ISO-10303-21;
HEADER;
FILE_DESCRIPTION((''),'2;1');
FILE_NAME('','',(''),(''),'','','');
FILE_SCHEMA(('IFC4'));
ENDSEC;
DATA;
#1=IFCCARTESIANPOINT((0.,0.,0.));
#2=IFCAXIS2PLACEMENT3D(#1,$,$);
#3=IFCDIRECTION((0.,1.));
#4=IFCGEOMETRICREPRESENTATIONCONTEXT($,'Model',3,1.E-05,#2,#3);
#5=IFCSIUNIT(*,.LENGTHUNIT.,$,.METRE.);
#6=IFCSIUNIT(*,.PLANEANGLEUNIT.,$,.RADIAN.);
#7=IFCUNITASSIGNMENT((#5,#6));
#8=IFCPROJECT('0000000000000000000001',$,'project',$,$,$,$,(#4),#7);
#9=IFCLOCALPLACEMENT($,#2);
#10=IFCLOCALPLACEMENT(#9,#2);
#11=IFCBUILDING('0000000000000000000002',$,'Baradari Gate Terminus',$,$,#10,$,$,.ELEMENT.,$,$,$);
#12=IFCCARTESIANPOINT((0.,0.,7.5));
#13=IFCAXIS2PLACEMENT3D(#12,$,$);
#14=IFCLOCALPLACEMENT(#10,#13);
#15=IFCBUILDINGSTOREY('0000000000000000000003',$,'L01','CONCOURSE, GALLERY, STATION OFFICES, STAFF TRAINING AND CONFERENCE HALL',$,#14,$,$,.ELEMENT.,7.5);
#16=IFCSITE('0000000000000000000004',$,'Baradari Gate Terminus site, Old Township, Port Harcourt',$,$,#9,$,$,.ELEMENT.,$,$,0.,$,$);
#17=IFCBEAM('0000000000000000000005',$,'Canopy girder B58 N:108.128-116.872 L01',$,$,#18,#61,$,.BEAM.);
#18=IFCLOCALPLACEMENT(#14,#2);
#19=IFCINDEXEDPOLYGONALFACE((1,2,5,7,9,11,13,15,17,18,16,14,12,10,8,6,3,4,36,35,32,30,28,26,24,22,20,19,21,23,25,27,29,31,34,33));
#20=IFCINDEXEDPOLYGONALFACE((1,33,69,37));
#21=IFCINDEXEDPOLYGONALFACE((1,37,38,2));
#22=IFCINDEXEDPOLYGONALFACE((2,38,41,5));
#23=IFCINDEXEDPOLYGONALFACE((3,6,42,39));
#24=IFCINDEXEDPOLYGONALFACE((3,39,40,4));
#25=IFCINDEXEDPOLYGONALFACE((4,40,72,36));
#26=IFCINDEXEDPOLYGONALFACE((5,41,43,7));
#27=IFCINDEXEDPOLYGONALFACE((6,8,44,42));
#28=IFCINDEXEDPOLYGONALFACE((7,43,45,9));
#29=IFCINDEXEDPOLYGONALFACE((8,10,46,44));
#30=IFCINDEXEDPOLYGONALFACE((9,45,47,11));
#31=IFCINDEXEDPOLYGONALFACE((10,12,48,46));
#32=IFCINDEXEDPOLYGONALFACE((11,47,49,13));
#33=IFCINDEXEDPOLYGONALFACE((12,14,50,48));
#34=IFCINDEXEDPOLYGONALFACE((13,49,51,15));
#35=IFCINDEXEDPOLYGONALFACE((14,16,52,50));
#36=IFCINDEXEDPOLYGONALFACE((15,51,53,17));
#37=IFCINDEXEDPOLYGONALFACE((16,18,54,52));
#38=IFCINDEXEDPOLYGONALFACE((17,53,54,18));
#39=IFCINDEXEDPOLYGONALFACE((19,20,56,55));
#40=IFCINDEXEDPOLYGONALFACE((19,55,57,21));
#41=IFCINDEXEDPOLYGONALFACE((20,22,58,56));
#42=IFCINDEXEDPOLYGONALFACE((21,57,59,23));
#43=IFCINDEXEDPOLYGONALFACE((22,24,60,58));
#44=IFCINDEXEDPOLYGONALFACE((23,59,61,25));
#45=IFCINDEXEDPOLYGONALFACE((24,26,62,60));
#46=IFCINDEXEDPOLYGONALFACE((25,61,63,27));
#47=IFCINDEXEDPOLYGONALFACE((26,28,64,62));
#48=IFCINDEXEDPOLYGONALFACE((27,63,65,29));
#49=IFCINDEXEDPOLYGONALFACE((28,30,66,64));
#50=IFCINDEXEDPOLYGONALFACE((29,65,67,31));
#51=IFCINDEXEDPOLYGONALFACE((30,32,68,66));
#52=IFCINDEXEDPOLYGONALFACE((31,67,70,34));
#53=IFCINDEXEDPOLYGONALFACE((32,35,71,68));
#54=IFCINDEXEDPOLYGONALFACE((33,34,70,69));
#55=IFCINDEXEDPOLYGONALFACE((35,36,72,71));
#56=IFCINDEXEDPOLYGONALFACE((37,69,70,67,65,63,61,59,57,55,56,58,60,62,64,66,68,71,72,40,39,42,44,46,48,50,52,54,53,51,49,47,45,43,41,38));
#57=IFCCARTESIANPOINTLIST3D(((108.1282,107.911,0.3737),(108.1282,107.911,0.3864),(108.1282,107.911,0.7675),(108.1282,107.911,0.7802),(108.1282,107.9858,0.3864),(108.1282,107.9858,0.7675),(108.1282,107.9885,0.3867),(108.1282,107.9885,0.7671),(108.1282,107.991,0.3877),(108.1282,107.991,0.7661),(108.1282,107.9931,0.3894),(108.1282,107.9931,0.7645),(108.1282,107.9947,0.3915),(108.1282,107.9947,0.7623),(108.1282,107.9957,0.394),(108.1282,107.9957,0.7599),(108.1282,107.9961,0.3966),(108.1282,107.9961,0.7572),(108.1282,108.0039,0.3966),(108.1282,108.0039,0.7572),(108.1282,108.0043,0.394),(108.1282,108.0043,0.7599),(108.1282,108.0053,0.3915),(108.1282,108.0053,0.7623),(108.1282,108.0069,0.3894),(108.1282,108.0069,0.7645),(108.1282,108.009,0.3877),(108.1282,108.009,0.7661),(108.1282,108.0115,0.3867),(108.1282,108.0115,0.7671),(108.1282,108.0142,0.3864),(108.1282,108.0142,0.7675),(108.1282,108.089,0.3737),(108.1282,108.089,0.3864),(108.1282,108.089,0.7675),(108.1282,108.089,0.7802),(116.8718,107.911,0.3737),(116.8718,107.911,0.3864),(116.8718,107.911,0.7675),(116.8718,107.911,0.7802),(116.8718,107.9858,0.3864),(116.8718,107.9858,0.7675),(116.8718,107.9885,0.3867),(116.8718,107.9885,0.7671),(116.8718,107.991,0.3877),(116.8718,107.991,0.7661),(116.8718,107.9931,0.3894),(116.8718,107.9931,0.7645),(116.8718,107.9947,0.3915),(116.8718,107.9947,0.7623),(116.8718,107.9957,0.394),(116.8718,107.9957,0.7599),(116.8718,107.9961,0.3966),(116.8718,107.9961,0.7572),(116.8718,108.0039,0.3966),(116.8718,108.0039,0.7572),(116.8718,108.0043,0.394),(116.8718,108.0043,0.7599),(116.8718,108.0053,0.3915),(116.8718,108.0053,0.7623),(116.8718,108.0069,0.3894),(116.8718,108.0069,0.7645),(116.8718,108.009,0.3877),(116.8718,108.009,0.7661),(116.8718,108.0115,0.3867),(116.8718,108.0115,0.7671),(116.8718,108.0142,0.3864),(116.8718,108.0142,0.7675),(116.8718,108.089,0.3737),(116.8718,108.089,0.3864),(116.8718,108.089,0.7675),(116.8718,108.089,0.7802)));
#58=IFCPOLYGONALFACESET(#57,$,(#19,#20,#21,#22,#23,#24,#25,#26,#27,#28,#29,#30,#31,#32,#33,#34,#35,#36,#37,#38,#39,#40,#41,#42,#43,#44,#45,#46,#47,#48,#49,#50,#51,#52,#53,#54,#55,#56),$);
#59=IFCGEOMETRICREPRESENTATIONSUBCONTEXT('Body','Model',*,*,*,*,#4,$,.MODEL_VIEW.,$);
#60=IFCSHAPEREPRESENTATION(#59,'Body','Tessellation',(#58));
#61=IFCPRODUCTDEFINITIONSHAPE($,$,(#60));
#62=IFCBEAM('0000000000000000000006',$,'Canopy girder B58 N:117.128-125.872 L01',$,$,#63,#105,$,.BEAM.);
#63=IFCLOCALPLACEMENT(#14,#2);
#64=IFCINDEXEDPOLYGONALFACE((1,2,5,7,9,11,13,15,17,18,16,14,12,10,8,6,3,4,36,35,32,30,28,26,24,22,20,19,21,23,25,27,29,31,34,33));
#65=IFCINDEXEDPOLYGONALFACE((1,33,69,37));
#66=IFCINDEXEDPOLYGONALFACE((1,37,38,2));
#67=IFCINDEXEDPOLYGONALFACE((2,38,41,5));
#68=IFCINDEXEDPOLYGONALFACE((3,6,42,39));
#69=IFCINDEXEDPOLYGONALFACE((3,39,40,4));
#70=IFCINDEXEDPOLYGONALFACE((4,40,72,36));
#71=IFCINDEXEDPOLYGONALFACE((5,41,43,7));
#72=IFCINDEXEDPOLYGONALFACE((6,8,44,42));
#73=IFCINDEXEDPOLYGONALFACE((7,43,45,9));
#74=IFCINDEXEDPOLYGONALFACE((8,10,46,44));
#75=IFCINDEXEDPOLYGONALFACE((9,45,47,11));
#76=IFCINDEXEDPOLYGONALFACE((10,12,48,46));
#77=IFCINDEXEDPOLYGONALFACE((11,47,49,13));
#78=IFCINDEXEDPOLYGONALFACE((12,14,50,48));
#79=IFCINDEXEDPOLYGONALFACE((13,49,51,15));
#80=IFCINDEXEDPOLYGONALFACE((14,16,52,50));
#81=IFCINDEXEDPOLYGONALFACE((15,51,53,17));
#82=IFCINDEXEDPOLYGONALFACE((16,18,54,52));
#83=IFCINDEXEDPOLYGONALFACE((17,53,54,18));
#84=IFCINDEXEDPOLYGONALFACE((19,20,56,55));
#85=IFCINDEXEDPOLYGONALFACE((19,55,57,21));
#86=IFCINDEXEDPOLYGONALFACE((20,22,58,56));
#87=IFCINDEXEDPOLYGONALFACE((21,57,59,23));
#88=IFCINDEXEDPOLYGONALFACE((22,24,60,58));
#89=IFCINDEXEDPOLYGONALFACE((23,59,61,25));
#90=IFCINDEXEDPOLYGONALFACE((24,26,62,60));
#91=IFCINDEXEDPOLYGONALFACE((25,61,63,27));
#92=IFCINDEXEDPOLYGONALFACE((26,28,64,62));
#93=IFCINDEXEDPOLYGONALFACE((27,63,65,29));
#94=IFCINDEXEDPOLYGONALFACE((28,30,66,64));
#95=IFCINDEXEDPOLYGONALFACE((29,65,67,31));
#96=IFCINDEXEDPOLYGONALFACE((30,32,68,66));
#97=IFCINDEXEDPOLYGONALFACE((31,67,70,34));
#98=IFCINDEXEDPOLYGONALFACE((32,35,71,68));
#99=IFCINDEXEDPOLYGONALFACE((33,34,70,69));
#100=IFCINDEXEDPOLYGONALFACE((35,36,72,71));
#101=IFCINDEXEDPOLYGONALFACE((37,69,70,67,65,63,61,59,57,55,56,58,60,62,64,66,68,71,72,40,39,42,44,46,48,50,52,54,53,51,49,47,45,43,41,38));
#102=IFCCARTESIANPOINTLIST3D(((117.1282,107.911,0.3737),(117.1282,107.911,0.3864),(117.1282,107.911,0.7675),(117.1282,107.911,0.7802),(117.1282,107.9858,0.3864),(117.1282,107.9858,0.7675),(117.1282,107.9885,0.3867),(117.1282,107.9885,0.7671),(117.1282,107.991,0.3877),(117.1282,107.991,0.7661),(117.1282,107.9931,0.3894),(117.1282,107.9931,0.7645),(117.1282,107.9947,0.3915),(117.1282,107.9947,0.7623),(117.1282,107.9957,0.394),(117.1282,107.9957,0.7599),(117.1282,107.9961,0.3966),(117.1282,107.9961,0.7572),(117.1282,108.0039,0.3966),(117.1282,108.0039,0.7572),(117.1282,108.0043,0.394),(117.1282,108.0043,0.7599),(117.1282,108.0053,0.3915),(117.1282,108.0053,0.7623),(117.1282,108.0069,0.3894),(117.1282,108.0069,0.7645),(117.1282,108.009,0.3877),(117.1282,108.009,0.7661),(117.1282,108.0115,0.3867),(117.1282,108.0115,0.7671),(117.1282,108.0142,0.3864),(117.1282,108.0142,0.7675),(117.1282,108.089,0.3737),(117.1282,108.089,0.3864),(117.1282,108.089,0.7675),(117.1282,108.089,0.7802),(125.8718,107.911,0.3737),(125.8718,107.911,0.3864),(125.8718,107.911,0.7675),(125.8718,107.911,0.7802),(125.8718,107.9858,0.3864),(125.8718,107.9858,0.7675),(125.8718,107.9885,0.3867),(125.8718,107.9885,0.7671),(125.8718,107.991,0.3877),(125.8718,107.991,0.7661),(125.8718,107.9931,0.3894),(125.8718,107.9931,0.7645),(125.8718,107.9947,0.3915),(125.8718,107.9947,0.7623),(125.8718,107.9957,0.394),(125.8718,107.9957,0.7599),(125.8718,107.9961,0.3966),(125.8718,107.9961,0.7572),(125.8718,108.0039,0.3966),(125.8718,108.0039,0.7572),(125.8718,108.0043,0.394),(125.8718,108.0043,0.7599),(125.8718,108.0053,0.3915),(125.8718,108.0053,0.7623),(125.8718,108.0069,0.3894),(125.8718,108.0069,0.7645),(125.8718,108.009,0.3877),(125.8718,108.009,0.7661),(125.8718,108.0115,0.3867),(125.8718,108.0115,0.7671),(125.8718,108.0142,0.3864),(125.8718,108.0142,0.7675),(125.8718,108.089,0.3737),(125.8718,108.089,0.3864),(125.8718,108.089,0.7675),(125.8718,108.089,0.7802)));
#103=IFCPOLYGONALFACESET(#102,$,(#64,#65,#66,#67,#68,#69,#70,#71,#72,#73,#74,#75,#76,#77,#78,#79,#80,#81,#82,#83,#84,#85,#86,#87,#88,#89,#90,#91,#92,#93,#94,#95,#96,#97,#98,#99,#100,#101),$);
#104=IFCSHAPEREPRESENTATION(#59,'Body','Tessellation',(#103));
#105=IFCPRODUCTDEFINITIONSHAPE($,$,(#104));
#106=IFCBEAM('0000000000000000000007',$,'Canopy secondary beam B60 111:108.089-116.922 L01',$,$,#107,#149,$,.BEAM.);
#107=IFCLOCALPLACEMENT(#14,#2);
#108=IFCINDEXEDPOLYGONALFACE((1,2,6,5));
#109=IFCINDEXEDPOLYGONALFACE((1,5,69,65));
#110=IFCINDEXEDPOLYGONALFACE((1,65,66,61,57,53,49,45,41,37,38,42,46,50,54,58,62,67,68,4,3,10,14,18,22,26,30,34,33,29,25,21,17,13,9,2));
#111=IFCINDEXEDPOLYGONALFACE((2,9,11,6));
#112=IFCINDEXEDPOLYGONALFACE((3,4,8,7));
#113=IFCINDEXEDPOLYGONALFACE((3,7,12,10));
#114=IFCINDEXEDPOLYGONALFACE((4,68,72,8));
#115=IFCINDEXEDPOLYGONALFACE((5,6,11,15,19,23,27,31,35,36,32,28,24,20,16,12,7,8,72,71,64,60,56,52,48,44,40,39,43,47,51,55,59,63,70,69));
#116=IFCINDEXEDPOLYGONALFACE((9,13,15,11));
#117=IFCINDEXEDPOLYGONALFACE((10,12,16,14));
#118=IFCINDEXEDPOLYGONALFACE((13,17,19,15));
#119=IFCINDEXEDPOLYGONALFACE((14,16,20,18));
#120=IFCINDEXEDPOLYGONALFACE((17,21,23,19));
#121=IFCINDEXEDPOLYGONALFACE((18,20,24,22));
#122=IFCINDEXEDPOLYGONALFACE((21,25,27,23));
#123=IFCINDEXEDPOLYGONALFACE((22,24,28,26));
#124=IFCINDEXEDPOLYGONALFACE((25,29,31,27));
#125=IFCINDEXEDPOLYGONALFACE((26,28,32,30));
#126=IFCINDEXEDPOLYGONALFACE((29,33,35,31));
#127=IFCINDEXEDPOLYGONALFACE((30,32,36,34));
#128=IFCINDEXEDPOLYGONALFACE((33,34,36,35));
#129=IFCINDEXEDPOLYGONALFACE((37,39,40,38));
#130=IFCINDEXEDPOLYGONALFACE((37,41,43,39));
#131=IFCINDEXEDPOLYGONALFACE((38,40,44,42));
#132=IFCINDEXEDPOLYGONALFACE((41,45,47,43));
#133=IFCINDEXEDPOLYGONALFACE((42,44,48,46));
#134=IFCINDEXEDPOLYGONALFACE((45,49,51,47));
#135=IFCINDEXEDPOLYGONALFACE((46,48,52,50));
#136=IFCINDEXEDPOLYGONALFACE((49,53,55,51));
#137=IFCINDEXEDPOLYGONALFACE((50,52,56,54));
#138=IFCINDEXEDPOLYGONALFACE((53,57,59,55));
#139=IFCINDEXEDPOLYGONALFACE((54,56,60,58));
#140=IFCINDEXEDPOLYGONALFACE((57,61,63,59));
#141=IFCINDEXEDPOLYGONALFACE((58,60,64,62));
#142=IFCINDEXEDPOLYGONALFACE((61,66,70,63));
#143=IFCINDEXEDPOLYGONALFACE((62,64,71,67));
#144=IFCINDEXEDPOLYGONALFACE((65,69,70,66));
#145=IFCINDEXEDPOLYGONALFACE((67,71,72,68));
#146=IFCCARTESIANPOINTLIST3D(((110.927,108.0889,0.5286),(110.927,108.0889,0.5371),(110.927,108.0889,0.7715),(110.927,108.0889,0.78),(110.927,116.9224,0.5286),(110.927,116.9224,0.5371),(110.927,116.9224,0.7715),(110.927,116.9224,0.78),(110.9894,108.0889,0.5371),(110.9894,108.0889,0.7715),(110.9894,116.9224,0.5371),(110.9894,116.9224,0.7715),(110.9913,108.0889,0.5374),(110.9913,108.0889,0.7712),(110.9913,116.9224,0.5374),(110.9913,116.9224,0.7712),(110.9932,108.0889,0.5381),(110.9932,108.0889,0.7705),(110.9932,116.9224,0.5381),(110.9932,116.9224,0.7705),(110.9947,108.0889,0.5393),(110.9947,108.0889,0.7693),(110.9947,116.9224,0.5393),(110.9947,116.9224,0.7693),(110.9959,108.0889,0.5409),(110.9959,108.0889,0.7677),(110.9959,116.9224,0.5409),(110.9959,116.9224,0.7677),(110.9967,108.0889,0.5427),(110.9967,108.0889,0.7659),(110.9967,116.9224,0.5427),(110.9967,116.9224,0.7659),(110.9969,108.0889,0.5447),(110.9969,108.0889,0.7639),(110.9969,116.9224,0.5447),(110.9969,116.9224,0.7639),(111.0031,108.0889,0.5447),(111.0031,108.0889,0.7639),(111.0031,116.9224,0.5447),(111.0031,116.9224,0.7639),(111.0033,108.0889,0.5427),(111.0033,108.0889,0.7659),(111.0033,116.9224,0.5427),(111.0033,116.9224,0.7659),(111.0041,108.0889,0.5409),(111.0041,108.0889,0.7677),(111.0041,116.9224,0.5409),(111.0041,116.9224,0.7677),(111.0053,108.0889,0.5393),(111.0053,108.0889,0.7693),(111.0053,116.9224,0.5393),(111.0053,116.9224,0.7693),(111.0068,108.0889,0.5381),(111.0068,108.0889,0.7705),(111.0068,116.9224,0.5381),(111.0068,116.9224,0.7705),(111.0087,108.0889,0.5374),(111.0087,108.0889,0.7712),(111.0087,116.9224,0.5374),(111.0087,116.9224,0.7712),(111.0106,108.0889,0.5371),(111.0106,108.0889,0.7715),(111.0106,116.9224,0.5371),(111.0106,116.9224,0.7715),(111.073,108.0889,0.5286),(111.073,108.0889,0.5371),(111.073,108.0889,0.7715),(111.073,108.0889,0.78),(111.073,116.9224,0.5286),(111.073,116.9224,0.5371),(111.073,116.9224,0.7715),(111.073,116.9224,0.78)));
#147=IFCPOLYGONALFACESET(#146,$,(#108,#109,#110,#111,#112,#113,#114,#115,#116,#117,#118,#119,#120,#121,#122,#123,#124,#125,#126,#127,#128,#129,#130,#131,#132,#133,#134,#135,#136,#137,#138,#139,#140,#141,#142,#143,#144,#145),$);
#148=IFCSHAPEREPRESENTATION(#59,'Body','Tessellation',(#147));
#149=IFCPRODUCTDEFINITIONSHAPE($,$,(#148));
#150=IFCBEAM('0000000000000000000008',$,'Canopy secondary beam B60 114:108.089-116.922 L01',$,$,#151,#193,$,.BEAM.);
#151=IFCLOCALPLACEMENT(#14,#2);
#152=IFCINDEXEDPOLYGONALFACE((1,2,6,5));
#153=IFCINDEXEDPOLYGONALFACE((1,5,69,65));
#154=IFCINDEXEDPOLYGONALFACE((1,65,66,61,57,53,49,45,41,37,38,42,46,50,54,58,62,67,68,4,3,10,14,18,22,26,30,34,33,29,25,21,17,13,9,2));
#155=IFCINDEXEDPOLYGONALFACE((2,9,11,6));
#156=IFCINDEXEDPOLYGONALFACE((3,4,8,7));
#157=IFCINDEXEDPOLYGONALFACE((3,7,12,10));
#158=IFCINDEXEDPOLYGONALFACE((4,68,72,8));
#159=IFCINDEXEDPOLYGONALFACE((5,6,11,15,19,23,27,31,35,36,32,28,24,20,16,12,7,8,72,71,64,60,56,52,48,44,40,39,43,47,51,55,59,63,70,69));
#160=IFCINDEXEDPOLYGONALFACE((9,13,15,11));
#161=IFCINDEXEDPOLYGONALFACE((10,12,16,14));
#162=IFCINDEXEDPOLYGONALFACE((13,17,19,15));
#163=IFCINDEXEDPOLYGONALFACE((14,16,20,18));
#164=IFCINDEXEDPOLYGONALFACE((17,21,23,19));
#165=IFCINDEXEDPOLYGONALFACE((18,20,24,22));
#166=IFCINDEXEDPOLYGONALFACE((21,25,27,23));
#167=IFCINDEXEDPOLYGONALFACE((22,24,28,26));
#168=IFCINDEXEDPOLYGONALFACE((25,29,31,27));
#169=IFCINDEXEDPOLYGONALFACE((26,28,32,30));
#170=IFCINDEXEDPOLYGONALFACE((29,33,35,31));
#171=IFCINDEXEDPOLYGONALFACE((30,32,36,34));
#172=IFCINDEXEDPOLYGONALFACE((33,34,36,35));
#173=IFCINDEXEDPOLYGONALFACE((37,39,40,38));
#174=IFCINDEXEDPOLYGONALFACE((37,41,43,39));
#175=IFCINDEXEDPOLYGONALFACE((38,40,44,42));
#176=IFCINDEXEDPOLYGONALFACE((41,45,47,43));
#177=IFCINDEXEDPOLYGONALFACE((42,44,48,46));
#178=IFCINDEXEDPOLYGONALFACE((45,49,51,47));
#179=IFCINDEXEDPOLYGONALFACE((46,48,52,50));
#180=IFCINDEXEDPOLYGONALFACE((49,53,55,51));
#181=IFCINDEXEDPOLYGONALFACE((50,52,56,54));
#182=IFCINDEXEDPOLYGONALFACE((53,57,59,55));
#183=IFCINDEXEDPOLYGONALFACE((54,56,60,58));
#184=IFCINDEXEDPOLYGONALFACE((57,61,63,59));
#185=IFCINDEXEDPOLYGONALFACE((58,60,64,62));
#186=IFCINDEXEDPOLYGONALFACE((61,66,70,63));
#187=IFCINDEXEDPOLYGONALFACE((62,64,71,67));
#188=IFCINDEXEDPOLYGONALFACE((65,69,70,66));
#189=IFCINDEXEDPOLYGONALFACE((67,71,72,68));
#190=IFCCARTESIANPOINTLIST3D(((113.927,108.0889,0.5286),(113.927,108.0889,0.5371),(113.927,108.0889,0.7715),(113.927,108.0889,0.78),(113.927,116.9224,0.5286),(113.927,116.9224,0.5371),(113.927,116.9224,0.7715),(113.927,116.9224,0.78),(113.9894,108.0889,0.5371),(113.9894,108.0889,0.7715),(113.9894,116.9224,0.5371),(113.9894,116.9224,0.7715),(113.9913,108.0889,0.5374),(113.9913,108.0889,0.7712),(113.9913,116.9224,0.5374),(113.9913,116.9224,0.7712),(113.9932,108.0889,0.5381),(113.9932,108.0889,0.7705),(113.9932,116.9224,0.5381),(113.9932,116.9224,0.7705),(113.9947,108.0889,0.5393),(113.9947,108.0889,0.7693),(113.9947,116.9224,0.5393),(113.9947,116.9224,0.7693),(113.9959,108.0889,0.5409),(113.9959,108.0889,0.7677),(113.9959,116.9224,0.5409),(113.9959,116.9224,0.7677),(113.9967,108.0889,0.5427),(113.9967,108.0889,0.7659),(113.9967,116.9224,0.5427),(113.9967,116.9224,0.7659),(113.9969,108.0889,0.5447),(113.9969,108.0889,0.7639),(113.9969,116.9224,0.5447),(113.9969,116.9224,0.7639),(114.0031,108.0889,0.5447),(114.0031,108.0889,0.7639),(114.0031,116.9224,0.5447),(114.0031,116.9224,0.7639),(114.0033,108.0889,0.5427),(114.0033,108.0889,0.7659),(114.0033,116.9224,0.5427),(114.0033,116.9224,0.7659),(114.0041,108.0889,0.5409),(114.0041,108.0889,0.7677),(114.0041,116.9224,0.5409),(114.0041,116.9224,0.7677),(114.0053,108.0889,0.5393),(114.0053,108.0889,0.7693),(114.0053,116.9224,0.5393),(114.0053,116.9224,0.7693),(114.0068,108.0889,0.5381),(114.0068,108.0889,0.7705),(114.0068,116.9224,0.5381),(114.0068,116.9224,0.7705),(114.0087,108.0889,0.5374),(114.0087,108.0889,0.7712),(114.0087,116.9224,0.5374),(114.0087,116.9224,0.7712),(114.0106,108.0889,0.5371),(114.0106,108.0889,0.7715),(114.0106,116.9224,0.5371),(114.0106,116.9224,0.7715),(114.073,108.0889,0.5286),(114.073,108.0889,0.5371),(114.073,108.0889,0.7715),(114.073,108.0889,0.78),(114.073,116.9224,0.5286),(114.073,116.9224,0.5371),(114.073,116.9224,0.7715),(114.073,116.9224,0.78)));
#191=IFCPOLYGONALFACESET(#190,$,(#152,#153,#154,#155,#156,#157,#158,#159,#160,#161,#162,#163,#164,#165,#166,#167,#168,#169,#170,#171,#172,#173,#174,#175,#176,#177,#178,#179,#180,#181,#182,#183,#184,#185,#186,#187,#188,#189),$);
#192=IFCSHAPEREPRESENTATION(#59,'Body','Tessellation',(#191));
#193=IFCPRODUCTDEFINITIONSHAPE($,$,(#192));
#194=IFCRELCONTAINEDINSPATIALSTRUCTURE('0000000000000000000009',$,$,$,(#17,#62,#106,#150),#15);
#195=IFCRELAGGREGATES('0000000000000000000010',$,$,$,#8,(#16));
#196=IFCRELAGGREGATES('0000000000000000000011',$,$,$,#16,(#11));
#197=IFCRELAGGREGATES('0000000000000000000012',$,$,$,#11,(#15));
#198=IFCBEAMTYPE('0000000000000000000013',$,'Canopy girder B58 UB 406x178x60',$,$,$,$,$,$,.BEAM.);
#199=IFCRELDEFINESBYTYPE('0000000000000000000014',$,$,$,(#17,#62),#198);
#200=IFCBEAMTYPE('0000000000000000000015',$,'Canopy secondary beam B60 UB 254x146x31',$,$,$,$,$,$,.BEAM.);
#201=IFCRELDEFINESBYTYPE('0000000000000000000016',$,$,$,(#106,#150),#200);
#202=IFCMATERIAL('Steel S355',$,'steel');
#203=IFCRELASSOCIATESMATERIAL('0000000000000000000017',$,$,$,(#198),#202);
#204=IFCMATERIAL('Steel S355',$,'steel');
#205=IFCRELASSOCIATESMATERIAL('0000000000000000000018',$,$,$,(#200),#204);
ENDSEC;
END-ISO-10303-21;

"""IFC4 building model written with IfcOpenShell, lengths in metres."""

from ifc_helpers import new_model, si_unit, direction, frame, origin, origin_2d, place, context, subcontext, project, spatial, i_section, extrude, material, material_profile, profile_set, type_object, element, save


model = new_model("IFC4")

# Units and contexts
model_context = context("Model", 3, precision=1e-05, world=origin(), true_north=direction((0.0, 1.0)))
body_context = subcontext(model_context, "Body", "Model", "MODEL_VIEW")
ifc_project = project(units=[si_unit("LENGTHUNIT", "METRE"), si_unit("PLANEANGLEUNIT", "RADIAN")], contexts=[model_context])

# Site, building, storey
site_placement = place(None, origin())
site = spatial("IfcSite", under=ifc_project, at=site_placement, Name="Baradari Gate Terminus site, Old Township, Port Harcourt", CompositionType="ELEMENT", RefElevation=0.0)
building_placement = place(site_placement, origin())
building = spatial("IfcBuilding", under=site, at=building_placement, Name="Baradari Gate Terminus", CompositionType="ELEMENT")
storey_placement = place(building_placement, frame((0.0, 0.0, 7.5)))
storey = spatial("IfcBuildingStorey", under=building, at=storey_placement, Name="L01", Description="CONCOURSE, GALLERY, STATION OFFICES, STAFF TRAINING AND CONFERENCE HALL", CompositionType="ELEMENT", Elevation=7.5)

# Beams
ifc_material_1 = material(Name="Steel S355", Category="steel")
ifc_material_profile_1 = material_profile(ifc_material_1, i_section(OverallWidth=0.178, OverallDepth=0.4065, WebThickness=0.0078, FlangeThickness=0.0127, FilletRadius=0.0103, at=origin_2d()), Name="UB 406x178x60")
ifc_profile_set_1 = profile_set([ifc_material_profile_1], Name="Steel S355")
beam_type_1 = type_object("IfcBeamType", Name="Canopy girder B58 UB 406x178x60", PredefinedType="BEAM", material=ifc_profile_set_1)
for number, where, z_axis, x_axis, name in (
    (1, (108.1282, 108.0, 0.5769), (1.0, 0.0, 0.0), (0.0, 1.0, 0.0), "Canopy girder B58 N:108.128-116.872 L01"),
    (2, (117.1282, 108.0, 0.5769), (1.0, 0.0, 0.0), (0.0, 1.0, 0.0), "Canopy girder B58 N:117.128-125.872 L01"),
):
    element("IfcBeam", number, at=place(storey_placement, frame(where, z_axis=z_axis, x_axis=x_axis)), inside=storey, type_object=beam_type_1, Name=name, PredefinedType="BEAM", context=body_context, shape_type="SweptSolid", body=[
        extrude(i_section(OverallWidth=0.178, OverallDepth=0.4065, WebThickness=0.0078, FlangeThickness=0.0127, FilletRadius=0.0103, at=origin_2d()), origin(), (0.0, 0.0, 1.0), 8.7437),
    ])
ifc_material_2 = material(Name="Steel S355", Category="steel")
ifc_material_profile_2 = material_profile(ifc_material_2, i_section(OverallWidth=0.146, OverallDepth=0.2515, WebThickness=0.0061, FlangeThickness=0.0085, FilletRadius=0.0076, at=origin_2d()), Name="UB 254x146x31")
ifc_profile_set_2 = profile_set([ifc_material_profile_2], Name="Steel S355")
beam_type_2 = type_object("IfcBeamType", Name="Canopy secondary beam B60 UB 254x146x31", PredefinedType="BEAM", material=ifc_profile_set_2)
for number, where, z_axis, x_axis, name in (
    (3, (111.0, 108.0889, 0.6543), (0.0, 1.0, 0.0), (-1.0, 0.0, 0.0), "Canopy secondary beam B60 111:108.089-116.922 L01"),
    (4, (114.0, 108.0889, 0.6543), (0.0, 1.0, 0.0), (-1.0, 0.0, 0.0), "Canopy secondary beam B60 114:108.089-116.922 L01"),
):
    element("IfcBeam", number, at=place(storey_placement, frame(where, z_axis=z_axis, x_axis=x_axis)), inside=storey, type_object=beam_type_2, Name=name, PredefinedType="BEAM", context=body_context, shape_type="SweptSolid", body=[
        extrude(i_section(OverallWidth=0.146, OverallDepth=0.2515, WebThickness=0.0061, FlangeThickness=0.0085, FilletRadius=0.0076, at=origin_2d()), origin(), (0.0, 0.0, 1.0), 8.8335),
    ])

save(model, "model.ifc")
